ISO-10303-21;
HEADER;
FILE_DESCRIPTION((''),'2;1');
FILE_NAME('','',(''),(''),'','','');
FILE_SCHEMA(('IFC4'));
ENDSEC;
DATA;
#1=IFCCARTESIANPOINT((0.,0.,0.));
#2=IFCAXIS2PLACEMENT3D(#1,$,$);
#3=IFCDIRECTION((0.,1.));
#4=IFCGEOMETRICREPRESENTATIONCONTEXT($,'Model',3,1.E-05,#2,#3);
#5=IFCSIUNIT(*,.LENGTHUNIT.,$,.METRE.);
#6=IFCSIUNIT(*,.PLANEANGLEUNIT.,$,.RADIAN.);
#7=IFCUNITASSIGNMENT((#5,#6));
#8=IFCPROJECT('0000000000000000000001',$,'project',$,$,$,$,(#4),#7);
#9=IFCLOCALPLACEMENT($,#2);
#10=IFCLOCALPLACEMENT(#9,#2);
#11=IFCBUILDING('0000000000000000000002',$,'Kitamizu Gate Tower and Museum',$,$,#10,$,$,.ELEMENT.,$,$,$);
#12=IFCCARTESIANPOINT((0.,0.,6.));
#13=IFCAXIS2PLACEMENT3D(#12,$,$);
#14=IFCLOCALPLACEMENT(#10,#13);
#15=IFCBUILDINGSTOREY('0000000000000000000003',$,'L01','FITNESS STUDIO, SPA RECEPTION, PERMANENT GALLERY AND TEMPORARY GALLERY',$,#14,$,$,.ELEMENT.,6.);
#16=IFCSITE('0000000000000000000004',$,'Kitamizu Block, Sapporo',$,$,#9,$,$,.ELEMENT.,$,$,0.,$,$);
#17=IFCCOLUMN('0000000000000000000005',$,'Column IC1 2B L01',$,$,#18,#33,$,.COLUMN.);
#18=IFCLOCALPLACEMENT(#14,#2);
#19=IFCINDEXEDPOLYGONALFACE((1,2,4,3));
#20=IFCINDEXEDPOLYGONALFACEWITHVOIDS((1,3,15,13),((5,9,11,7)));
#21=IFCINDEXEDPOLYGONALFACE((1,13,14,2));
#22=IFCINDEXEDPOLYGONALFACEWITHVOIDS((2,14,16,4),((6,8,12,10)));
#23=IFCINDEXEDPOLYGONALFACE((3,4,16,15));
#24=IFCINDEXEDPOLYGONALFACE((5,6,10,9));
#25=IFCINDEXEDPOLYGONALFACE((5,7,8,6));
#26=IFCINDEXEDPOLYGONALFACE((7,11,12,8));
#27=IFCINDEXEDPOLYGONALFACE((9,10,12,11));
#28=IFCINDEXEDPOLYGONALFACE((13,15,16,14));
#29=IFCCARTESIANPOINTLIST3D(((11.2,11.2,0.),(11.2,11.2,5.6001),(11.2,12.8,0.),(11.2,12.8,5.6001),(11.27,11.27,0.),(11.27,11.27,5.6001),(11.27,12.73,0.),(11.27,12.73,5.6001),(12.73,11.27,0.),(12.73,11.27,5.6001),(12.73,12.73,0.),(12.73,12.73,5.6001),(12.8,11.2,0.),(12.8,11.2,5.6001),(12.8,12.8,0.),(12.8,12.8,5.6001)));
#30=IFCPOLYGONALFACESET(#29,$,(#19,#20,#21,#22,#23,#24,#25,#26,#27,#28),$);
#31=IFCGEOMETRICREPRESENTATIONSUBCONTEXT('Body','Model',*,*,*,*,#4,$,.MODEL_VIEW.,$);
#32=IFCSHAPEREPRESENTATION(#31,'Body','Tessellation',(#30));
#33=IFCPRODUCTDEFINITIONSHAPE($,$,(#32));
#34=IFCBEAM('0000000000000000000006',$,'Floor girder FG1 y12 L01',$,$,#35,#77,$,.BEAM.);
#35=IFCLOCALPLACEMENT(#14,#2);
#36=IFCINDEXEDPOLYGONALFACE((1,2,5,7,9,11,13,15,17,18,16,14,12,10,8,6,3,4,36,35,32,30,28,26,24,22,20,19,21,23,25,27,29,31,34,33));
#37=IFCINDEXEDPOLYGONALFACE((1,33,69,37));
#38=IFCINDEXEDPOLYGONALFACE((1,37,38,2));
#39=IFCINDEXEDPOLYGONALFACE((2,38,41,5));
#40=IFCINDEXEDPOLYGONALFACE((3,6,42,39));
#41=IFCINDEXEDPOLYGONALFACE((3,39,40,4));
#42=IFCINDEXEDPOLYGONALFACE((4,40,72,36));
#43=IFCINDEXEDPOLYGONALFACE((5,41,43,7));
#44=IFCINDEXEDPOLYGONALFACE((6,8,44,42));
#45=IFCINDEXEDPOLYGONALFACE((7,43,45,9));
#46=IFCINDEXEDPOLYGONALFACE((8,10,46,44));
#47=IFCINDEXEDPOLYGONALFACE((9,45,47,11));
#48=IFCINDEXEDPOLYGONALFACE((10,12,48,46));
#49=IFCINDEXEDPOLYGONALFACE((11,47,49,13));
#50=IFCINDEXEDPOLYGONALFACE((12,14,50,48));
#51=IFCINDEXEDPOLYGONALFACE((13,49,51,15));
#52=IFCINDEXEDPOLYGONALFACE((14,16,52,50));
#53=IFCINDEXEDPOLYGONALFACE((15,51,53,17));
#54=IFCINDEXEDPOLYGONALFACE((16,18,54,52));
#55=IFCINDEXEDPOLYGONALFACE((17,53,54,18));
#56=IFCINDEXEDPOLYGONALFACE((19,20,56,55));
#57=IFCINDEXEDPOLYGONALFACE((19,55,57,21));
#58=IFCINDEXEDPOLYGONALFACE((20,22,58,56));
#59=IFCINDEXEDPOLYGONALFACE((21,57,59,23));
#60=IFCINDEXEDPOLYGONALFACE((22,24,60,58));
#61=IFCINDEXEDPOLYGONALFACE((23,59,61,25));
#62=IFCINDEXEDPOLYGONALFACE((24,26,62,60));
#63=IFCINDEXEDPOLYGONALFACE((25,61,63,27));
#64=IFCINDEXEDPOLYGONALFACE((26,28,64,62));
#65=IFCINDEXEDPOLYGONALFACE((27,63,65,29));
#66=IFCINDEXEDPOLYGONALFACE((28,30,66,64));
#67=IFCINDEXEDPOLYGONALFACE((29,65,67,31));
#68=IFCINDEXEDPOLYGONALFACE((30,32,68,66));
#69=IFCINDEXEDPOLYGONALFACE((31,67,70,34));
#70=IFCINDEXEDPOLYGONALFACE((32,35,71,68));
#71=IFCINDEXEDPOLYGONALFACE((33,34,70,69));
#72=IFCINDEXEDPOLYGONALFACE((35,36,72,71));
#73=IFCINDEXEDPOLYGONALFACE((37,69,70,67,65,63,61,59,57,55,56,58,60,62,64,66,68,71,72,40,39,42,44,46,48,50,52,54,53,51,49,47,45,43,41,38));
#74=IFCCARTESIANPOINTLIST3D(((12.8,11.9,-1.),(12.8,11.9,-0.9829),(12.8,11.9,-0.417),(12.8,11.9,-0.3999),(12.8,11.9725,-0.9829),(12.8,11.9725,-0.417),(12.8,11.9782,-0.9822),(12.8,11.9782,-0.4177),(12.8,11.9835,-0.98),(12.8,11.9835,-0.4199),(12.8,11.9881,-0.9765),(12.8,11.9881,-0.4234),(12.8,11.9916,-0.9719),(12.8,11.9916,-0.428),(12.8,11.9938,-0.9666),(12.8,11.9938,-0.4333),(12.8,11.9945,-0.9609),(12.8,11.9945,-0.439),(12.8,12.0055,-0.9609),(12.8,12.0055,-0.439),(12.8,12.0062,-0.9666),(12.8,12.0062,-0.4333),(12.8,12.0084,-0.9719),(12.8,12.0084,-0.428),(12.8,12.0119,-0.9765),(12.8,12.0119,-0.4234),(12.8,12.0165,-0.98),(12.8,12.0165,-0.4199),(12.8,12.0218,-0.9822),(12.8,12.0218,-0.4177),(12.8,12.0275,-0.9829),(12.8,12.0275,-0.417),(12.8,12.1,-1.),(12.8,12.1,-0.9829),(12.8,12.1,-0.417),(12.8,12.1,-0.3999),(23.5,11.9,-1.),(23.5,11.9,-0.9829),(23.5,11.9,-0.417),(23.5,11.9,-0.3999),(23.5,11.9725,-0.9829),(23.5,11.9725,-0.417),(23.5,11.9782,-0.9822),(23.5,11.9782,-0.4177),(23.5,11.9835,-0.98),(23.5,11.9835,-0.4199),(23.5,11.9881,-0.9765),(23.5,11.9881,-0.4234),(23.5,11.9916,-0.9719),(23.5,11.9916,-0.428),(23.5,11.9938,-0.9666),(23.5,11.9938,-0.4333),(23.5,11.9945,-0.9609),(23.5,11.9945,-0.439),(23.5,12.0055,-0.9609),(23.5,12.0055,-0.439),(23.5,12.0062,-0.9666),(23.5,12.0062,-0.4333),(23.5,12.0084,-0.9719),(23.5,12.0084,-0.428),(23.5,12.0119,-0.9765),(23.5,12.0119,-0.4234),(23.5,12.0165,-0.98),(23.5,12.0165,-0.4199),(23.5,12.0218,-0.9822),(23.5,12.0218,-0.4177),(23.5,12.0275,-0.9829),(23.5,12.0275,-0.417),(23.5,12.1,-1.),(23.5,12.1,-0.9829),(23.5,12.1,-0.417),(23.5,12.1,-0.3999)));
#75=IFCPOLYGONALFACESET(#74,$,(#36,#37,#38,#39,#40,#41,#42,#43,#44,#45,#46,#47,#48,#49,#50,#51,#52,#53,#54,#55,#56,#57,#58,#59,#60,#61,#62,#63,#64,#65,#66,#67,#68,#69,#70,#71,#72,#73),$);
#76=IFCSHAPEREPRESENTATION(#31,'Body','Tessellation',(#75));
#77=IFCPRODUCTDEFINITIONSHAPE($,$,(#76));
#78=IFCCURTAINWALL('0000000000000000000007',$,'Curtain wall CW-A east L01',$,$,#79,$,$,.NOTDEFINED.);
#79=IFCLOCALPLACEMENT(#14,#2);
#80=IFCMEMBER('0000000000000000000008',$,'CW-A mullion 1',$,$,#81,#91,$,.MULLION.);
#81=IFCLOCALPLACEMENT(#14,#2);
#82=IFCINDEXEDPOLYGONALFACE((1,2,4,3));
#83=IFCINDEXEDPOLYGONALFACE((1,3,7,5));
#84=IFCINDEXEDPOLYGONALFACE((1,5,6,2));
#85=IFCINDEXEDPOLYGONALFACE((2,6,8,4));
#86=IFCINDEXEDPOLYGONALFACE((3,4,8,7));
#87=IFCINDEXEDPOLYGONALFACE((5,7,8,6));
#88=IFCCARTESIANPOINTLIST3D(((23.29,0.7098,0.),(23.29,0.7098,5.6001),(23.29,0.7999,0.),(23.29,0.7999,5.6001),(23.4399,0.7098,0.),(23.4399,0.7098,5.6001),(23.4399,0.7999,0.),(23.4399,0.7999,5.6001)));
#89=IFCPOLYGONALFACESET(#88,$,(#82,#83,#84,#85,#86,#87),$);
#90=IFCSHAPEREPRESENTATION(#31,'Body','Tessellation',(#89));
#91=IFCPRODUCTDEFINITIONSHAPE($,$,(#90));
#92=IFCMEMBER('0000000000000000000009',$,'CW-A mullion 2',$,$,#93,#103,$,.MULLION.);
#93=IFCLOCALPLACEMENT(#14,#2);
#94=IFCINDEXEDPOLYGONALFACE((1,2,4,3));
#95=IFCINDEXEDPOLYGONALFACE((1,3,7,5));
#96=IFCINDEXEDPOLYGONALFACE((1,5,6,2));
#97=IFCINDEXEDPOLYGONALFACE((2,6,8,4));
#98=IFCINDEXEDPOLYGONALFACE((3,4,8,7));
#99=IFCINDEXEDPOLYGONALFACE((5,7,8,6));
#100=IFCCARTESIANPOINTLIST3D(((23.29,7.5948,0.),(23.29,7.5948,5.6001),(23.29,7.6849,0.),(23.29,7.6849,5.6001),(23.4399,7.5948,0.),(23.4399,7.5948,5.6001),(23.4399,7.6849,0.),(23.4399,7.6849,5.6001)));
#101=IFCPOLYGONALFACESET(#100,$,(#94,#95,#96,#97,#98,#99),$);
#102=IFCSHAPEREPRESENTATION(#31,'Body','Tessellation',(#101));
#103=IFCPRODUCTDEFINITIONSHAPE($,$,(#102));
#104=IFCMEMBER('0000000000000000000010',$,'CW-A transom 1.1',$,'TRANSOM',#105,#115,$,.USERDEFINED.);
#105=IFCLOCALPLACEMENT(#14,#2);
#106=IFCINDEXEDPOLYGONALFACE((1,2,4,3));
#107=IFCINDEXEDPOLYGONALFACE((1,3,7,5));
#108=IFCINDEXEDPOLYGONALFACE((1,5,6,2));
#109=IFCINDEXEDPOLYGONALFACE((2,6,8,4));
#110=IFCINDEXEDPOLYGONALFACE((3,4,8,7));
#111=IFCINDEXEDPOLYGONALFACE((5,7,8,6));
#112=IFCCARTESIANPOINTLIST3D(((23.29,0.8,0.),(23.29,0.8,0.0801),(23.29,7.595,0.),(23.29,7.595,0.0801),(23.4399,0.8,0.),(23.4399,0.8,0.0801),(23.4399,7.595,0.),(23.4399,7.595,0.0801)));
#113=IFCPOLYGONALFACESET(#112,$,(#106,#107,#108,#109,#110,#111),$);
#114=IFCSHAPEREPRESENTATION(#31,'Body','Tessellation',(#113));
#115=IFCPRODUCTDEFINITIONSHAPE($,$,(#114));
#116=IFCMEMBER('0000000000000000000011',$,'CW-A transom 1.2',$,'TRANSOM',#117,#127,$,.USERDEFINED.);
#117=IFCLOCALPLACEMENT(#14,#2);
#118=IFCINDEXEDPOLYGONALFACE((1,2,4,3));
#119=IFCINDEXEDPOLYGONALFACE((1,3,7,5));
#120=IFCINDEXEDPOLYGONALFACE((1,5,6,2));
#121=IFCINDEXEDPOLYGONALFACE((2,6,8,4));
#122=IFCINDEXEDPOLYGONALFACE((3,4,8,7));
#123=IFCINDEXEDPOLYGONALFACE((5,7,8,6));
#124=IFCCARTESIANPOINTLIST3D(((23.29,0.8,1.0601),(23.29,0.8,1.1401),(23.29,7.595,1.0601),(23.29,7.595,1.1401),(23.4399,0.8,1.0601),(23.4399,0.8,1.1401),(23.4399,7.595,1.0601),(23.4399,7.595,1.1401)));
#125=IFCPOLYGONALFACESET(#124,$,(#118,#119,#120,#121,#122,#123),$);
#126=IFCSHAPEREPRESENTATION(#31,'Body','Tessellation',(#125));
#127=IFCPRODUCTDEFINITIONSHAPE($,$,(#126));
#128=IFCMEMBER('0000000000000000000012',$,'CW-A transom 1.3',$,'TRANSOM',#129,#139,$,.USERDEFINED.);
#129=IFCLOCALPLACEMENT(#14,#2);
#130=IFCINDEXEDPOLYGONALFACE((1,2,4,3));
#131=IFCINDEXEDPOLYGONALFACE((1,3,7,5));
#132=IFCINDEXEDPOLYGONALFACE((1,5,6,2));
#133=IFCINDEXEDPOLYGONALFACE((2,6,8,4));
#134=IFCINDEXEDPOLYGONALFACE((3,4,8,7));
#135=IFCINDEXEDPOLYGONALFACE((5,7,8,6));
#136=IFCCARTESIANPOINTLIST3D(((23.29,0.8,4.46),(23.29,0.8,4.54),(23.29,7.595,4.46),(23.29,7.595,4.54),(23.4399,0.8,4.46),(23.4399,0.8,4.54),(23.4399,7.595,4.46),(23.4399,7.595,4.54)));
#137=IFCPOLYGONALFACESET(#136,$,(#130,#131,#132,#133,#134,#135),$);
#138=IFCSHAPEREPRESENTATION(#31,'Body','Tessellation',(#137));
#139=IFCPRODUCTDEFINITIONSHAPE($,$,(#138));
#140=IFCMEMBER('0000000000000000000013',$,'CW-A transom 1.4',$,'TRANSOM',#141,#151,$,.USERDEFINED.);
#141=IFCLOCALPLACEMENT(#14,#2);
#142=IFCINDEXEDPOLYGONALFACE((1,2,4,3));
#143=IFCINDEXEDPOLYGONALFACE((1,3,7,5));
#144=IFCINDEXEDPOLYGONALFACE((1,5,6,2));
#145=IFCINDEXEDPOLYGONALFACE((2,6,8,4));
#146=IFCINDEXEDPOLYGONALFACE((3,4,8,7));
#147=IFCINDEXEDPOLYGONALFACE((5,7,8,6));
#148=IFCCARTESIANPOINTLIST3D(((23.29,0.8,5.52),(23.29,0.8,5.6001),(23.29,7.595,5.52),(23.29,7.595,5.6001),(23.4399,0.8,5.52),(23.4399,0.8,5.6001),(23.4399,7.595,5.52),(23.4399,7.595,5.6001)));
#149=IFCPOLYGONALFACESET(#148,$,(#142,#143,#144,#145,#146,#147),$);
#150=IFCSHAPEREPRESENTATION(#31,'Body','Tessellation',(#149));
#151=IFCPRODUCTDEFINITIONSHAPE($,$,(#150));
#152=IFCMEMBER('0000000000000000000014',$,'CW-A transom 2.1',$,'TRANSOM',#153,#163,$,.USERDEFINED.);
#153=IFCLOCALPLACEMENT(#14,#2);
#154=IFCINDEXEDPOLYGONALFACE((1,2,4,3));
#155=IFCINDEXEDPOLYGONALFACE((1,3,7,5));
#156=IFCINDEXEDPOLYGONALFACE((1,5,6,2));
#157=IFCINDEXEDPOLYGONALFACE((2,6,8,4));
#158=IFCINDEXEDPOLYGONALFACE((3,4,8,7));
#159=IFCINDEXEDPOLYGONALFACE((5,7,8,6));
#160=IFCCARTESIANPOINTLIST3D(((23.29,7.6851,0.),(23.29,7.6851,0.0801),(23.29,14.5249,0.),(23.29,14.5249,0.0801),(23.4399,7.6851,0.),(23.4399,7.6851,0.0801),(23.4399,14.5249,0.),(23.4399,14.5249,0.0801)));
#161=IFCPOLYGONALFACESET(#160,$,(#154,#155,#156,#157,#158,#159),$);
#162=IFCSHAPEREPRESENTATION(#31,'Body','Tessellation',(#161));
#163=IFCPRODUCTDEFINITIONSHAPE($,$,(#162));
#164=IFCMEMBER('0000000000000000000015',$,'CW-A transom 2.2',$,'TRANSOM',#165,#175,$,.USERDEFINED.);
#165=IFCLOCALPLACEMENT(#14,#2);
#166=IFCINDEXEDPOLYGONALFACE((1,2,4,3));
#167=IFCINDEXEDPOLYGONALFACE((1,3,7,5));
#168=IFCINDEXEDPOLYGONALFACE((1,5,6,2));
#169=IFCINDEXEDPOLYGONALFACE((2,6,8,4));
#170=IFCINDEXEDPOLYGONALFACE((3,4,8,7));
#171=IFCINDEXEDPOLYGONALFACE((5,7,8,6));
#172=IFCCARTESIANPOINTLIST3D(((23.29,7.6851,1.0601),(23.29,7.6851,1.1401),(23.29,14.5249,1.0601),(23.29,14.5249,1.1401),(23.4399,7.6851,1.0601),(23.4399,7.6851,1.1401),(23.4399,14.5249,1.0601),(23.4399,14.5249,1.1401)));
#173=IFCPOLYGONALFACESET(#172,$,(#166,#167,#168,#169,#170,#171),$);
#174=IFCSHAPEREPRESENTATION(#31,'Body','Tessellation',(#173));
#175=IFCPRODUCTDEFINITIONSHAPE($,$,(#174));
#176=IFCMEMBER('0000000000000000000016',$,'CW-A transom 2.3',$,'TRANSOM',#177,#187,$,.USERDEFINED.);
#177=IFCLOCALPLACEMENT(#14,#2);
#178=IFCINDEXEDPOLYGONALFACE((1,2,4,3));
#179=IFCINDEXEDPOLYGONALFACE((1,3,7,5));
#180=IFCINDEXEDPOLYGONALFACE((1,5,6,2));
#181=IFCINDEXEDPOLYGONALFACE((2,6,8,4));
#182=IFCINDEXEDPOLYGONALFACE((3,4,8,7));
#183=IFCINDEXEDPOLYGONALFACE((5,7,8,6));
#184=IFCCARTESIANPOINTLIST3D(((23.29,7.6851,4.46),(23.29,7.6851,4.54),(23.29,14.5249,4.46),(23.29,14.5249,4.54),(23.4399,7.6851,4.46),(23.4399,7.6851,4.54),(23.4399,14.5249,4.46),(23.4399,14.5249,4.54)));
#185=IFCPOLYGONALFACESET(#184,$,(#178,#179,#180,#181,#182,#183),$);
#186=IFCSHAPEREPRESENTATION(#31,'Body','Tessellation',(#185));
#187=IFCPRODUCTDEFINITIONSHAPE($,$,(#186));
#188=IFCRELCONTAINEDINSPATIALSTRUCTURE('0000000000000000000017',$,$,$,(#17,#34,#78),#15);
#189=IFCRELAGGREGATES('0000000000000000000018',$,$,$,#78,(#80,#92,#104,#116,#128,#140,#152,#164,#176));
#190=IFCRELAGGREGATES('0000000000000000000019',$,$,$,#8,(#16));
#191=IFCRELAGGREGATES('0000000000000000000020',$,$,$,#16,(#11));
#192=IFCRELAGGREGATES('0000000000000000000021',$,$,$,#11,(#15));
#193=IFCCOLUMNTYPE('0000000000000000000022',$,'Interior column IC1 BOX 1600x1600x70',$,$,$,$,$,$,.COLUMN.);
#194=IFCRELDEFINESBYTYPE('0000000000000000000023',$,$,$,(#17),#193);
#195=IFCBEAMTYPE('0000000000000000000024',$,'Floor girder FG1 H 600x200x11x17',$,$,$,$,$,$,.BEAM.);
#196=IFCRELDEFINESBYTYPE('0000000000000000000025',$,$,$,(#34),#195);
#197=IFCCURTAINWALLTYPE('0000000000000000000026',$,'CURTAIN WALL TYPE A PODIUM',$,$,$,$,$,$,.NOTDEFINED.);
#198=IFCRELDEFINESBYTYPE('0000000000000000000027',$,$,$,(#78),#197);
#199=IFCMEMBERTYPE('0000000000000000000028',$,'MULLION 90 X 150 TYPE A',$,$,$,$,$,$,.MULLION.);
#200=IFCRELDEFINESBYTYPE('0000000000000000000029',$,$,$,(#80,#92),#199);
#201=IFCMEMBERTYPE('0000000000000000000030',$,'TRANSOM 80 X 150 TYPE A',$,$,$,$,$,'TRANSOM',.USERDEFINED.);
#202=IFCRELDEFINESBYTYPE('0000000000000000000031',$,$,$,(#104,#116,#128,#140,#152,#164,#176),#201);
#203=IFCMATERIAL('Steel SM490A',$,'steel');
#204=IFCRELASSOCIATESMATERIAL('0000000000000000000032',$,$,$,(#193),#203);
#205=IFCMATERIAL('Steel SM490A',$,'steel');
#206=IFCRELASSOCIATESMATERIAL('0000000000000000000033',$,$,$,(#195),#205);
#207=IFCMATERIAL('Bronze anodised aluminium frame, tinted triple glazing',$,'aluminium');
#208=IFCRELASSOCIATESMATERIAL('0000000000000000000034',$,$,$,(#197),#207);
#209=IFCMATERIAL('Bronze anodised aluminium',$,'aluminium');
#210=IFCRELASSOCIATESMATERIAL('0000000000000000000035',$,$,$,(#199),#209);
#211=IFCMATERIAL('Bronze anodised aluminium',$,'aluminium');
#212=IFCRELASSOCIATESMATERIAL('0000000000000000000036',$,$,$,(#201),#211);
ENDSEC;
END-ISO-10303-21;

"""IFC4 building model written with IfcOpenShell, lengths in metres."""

from ifc_helpers import new_model, si_unit, direction, frame, origin, origin_2d, place, context, subcontext, project, spatial, rectangle, hollow_rectangle, i_section, extrude, material, material_profile, profile_set, type_object, element, aggregate, save


model = new_model("IFC4")

# Units and contexts
model_context = context("Model", 3, precision=1e-05, world=origin(), true_north=direction((0.0, 1.0)))
body_context = subcontext(model_context, "Body", "Model", "MODEL_VIEW")
ifc_project = project(units=[si_unit("LENGTHUNIT", "METRE"), si_unit("PLANEANGLEUNIT", "RADIAN")], contexts=[model_context])

# Site, building, storey
site_placement = place(None, origin())
site = spatial("IfcSite", under=ifc_project, at=site_placement, Name="Kitamizu Block, Sapporo", CompositionType="ELEMENT", RefElevation=0.0)
building_placement = place(site_placement, origin())
building = spatial("IfcBuilding", under=site, at=building_placement, Name="Kitamizu Gate Tower and Museum", CompositionType="ELEMENT")
storey_placement = place(building_placement, frame((0.0, 0.0, 6.0)))
storey = spatial("IfcBuildingStorey", under=building, at=storey_placement, Name="L01", Description="FITNESS STUDIO, SPA RECEPTION, PERMANENT GALLERY AND TEMPORARY GALLERY", CompositionType="ELEMENT", Elevation=6.0)

# Column
ifc_material_1 = material(Name="Steel SM490A", Category="steel")
ifc_material_profile_1 = material_profile(ifc_material_1, hollow_rectangle(XDim=1.6001, YDim=1.6001, WallThickness=0.0701, at=origin_2d()), Name="BOX 1600x1600x70")
ifc_profile_set_1 = profile_set([ifc_material_profile_1], Name="Steel SM490A")
column_type = type_object("IfcColumnType", Name="Interior column IC1 BOX 1600x1600x70", PredefinedType="COLUMN", material=ifc_profile_set_1)
column_placement = place(storey_placement, frame((12.0, 12.0, 0.0), z_axis=(0.0, 0.0, 1.0), x_axis=(1.0, 0.0, 0.0)))
element("IfcColumn", 1, at=column_placement, inside=storey, type_object=column_type, Name="Column IC1 2B L01", PredefinedType="COLUMN", context=body_context, shape_type="SweptSolid", body=[
    extrude(hollow_rectangle(XDim=1.6001, YDim=1.6001, WallThickness=0.0701, at=origin_2d()), origin(), (0.0, 0.0, 1.0), 5.6001),
])

# Beam
ifc_material_2 = material(Name="Steel SM490A", Category="steel")
ifc_material_profile_2 = material_profile(ifc_material_2, i_section(OverallWidth=0.2, OverallDepth=0.6001, WebThickness=0.011, FlangeThickness=0.0171, FilletRadius=0.022, at=origin_2d()), Name="H-600x200x11x17")
ifc_profile_set_2 = profile_set([ifc_material_profile_2], Name="Steel SM490A")
beam_type = type_object("IfcBeamType", Name="Floor girder FG1 H 600x200x11x17", PredefinedType="BEAM", material=ifc_profile_set_2)
beam_placement = place(storey_placement, frame((12.8, 12.0, -0.7), z_axis=(1.0, 0.0, 0.0), x_axis=(0.0, 1.0, 0.0)))
element("IfcBeam", 2, at=beam_placement, inside=storey, type_object=beam_type, Name="Floor girder FG1 y12 L01", PredefinedType="BEAM", context=body_context, shape_type="SweptSolid", body=[
    extrude(i_section(OverallWidth=0.2, OverallDepth=0.6001, WebThickness=0.011, FlangeThickness=0.0171, FilletRadius=0.022, at=origin_2d()), origin(), (0.0, 0.0, 1.0), 10.7),
])

# Curtain wall, members
ifc_material_3 = material(Name="Bronze anodised aluminium frame, tinted triple glazing", Category="aluminium")
curtain_wall_type = type_object("IfcCurtainWallType", Name="CURTAIN WALL TYPE A PODIUM", PredefinedType="NOTDEFINED", material=ifc_material_3)
curtain_wall_placement = place(storey_placement, origin())
curtain_wall = element("IfcCurtainWall", 3, at=curtain_wall_placement, inside=storey, type_object=curtain_wall_type, Name="Curtain wall CW-A east L01", PredefinedType="NOTDEFINED")
ifc_material_4 = material(Name="Bronze anodised aluminium", Category="aluminium")
ifc_material_profile_3 = material_profile(ifc_material_4, rectangle(XDim=0.0901, YDim=0.1499, at=origin_2d()), Name="AL 90X150")
ifc_profile_set_3 = profile_set([ifc_material_profile_3], Name="Bronze anodised aluminium")
member_type_1 = type_object("IfcMemberType", Name="MULLION 90 X 150 TYPE A", PredefinedType="MULLION", material=ifc_profile_set_3)
member_1_placement = place(storey_placement, frame((23.365, 0.7549, 0.0), z_axis=(0.0, 0.0, 1.0), x_axis=(0.0, 1.0, 0.0)))
member_1 = element("IfcMember", 4, at=member_1_placement, type_object=member_type_1, Name="CW-A mullion 1", PredefinedType="MULLION", context=body_context, shape_type="SweptSolid", body=[
    extrude(rectangle(XDim=0.0901, YDim=0.1499, at=origin_2d()), origin(), (0.0, 0.0, 1.0), 5.6001),
])
member_2_placement = place(storey_placement, frame((23.365, 7.6399, 0.0), z_axis=(0.0, 0.0, 1.0), x_axis=(0.0, 1.0, 0.0)))
member_2 = element("IfcMember", 5, at=member_2_placement, type_object=member_type_1, Name="CW-A mullion 2", PredefinedType="MULLION", context=body_context, shape_type="SweptSolid", body=[
    extrude(rectangle(XDim=0.0901, YDim=0.1499, at=origin_2d()), origin(), (0.0, 0.0, 1.0), 5.6001),
])
ifc_material_5 = material(Name="Bronze anodised aluminium", Category="aluminium")
ifc_material_profile_4 = material_profile(ifc_material_5, rectangle(XDim=0.1499, YDim=0.0801, at=origin_2d()), Name="AL 80X150")
ifc_profile_set_4 = profile_set([ifc_material_profile_4], Name="Bronze anodised aluminium")
member_type_2 = type_object("IfcMemberType", Name="TRANSOM 80 X 150 TYPE A", ElementType="TRANSOM", PredefinedType="USERDEFINED", material=ifc_profile_set_4)
member_3_placement = place(storey_placement, frame((23.365, 0.8, 0.04), z_axis=(0.0, 1.0, 0.0), x_axis=(-1.0, 0.0, 0.0)))
member_3 = element("IfcMember", 6, at=member_3_placement, type_object=member_type_2, Name="CW-A transom 1.1", ObjectType="TRANSOM", PredefinedType="USERDEFINED", context=body_context, shape_type="SweptSolid", body=[
    extrude(rectangle(XDim=0.1499, YDim=0.0801, at=origin_2d()), origin(), (0.0, 0.0, 1.0), 6.7949),
])
member_4_placement = place(storey_placement, frame((23.365, 0.8, 1.1001), z_axis=(0.0, 1.0, 0.0), x_axis=(-1.0, 0.0, 0.0)))
member_4 = element("IfcMember", 7, at=member_4_placement, type_object=member_type_2, Name="CW-A transom 1.2", ObjectType="TRANSOM", PredefinedType="USERDEFINED", context=body_context, shape_type="SweptSolid", body=[
    extrude(rectangle(XDim=0.1499, YDim=0.0801, at=origin_2d()), origin(), (0.0, 0.0, 1.0), 6.7949),
])
member_5_placement = place(storey_placement, frame((23.365, 0.8, 4.5), z_axis=(0.0, 1.0, 0.0), x_axis=(-1.0, 0.0, 0.0)))
member_5 = element("IfcMember", 8, at=member_5_placement, type_object=member_type_2, Name="CW-A transom 1.3", ObjectType="TRANSOM", PredefinedType="USERDEFINED", context=body_context, shape_type="SweptSolid", body=[
    extrude(rectangle(XDim=0.1499, YDim=0.0801, at=origin_2d()), origin(), (0.0, 0.0, 1.0), 6.7949),
])
member_6_placement = place(storey_placement, frame((23.365, 0.8, 5.5601), z_axis=(0.0, 1.0, 0.0), x_axis=(-1.0, 0.0, 0.0)))
member_6 = element("IfcMember", 9, at=member_6_placement, type_object=member_type_2, Name="CW-A transom 1.4", ObjectType="TRANSOM", PredefinedType="USERDEFINED", context=body_context, shape_type="SweptSolid", body=[
    extrude(rectangle(XDim=0.1499, YDim=0.0801, at=origin_2d()), origin(), (0.0, 0.0, 1.0), 6.7949),
])
member_7_placement = place(storey_placement, frame((23.365, 7.6851, 0.04), z_axis=(0.0, 1.0, 0.0), x_axis=(-1.0, 0.0, 0.0)))
member_7 = element("IfcMember", 10, at=member_7_placement, type_object=member_type_2, Name="CW-A transom 2.1", ObjectType="TRANSOM", PredefinedType="USERDEFINED", context=body_context, shape_type="SweptSolid", body=[
    extrude(rectangle(XDim=0.1499, YDim=0.0801, at=origin_2d()), origin(), (0.0, 0.0, 1.0), 6.8398),
])
member_8_placement = place(storey_placement, frame((23.365, 7.6851, 1.1001), z_axis=(0.0, 1.0, 0.0), x_axis=(-1.0, 0.0, 0.0)))
member_8 = element("IfcMember", 11, at=member_8_placement, type_object=member_type_2, Name="CW-A transom 2.2", ObjectType="TRANSOM", PredefinedType="USERDEFINED", context=body_context, shape_type="SweptSolid", body=[
    extrude(rectangle(XDim=0.1499, YDim=0.0801, at=origin_2d()), origin(), (0.0, 0.0, 1.0), 6.8398),
])
member_9_placement = place(storey_placement, frame((23.365, 7.6851, 4.5), z_axis=(0.0, 1.0, 0.0), x_axis=(-1.0, 0.0, 0.0)))
member_9 = element("IfcMember", 12, at=member_9_placement, type_object=member_type_2, Name="CW-A transom 2.3", ObjectType="TRANSOM", PredefinedType="USERDEFINED", context=body_context, shape_type="SweptSolid", body=[
    extrude(rectangle(XDim=0.1499, YDim=0.0801, at=origin_2d()), origin(), (0.0, 0.0, 1.0), 6.8398),
])
aggregate(curtain_wall, [member_1, member_2, member_3, member_4, member_5, member_6, member_7, member_8, member_9])

save(model, "model.ifc")
